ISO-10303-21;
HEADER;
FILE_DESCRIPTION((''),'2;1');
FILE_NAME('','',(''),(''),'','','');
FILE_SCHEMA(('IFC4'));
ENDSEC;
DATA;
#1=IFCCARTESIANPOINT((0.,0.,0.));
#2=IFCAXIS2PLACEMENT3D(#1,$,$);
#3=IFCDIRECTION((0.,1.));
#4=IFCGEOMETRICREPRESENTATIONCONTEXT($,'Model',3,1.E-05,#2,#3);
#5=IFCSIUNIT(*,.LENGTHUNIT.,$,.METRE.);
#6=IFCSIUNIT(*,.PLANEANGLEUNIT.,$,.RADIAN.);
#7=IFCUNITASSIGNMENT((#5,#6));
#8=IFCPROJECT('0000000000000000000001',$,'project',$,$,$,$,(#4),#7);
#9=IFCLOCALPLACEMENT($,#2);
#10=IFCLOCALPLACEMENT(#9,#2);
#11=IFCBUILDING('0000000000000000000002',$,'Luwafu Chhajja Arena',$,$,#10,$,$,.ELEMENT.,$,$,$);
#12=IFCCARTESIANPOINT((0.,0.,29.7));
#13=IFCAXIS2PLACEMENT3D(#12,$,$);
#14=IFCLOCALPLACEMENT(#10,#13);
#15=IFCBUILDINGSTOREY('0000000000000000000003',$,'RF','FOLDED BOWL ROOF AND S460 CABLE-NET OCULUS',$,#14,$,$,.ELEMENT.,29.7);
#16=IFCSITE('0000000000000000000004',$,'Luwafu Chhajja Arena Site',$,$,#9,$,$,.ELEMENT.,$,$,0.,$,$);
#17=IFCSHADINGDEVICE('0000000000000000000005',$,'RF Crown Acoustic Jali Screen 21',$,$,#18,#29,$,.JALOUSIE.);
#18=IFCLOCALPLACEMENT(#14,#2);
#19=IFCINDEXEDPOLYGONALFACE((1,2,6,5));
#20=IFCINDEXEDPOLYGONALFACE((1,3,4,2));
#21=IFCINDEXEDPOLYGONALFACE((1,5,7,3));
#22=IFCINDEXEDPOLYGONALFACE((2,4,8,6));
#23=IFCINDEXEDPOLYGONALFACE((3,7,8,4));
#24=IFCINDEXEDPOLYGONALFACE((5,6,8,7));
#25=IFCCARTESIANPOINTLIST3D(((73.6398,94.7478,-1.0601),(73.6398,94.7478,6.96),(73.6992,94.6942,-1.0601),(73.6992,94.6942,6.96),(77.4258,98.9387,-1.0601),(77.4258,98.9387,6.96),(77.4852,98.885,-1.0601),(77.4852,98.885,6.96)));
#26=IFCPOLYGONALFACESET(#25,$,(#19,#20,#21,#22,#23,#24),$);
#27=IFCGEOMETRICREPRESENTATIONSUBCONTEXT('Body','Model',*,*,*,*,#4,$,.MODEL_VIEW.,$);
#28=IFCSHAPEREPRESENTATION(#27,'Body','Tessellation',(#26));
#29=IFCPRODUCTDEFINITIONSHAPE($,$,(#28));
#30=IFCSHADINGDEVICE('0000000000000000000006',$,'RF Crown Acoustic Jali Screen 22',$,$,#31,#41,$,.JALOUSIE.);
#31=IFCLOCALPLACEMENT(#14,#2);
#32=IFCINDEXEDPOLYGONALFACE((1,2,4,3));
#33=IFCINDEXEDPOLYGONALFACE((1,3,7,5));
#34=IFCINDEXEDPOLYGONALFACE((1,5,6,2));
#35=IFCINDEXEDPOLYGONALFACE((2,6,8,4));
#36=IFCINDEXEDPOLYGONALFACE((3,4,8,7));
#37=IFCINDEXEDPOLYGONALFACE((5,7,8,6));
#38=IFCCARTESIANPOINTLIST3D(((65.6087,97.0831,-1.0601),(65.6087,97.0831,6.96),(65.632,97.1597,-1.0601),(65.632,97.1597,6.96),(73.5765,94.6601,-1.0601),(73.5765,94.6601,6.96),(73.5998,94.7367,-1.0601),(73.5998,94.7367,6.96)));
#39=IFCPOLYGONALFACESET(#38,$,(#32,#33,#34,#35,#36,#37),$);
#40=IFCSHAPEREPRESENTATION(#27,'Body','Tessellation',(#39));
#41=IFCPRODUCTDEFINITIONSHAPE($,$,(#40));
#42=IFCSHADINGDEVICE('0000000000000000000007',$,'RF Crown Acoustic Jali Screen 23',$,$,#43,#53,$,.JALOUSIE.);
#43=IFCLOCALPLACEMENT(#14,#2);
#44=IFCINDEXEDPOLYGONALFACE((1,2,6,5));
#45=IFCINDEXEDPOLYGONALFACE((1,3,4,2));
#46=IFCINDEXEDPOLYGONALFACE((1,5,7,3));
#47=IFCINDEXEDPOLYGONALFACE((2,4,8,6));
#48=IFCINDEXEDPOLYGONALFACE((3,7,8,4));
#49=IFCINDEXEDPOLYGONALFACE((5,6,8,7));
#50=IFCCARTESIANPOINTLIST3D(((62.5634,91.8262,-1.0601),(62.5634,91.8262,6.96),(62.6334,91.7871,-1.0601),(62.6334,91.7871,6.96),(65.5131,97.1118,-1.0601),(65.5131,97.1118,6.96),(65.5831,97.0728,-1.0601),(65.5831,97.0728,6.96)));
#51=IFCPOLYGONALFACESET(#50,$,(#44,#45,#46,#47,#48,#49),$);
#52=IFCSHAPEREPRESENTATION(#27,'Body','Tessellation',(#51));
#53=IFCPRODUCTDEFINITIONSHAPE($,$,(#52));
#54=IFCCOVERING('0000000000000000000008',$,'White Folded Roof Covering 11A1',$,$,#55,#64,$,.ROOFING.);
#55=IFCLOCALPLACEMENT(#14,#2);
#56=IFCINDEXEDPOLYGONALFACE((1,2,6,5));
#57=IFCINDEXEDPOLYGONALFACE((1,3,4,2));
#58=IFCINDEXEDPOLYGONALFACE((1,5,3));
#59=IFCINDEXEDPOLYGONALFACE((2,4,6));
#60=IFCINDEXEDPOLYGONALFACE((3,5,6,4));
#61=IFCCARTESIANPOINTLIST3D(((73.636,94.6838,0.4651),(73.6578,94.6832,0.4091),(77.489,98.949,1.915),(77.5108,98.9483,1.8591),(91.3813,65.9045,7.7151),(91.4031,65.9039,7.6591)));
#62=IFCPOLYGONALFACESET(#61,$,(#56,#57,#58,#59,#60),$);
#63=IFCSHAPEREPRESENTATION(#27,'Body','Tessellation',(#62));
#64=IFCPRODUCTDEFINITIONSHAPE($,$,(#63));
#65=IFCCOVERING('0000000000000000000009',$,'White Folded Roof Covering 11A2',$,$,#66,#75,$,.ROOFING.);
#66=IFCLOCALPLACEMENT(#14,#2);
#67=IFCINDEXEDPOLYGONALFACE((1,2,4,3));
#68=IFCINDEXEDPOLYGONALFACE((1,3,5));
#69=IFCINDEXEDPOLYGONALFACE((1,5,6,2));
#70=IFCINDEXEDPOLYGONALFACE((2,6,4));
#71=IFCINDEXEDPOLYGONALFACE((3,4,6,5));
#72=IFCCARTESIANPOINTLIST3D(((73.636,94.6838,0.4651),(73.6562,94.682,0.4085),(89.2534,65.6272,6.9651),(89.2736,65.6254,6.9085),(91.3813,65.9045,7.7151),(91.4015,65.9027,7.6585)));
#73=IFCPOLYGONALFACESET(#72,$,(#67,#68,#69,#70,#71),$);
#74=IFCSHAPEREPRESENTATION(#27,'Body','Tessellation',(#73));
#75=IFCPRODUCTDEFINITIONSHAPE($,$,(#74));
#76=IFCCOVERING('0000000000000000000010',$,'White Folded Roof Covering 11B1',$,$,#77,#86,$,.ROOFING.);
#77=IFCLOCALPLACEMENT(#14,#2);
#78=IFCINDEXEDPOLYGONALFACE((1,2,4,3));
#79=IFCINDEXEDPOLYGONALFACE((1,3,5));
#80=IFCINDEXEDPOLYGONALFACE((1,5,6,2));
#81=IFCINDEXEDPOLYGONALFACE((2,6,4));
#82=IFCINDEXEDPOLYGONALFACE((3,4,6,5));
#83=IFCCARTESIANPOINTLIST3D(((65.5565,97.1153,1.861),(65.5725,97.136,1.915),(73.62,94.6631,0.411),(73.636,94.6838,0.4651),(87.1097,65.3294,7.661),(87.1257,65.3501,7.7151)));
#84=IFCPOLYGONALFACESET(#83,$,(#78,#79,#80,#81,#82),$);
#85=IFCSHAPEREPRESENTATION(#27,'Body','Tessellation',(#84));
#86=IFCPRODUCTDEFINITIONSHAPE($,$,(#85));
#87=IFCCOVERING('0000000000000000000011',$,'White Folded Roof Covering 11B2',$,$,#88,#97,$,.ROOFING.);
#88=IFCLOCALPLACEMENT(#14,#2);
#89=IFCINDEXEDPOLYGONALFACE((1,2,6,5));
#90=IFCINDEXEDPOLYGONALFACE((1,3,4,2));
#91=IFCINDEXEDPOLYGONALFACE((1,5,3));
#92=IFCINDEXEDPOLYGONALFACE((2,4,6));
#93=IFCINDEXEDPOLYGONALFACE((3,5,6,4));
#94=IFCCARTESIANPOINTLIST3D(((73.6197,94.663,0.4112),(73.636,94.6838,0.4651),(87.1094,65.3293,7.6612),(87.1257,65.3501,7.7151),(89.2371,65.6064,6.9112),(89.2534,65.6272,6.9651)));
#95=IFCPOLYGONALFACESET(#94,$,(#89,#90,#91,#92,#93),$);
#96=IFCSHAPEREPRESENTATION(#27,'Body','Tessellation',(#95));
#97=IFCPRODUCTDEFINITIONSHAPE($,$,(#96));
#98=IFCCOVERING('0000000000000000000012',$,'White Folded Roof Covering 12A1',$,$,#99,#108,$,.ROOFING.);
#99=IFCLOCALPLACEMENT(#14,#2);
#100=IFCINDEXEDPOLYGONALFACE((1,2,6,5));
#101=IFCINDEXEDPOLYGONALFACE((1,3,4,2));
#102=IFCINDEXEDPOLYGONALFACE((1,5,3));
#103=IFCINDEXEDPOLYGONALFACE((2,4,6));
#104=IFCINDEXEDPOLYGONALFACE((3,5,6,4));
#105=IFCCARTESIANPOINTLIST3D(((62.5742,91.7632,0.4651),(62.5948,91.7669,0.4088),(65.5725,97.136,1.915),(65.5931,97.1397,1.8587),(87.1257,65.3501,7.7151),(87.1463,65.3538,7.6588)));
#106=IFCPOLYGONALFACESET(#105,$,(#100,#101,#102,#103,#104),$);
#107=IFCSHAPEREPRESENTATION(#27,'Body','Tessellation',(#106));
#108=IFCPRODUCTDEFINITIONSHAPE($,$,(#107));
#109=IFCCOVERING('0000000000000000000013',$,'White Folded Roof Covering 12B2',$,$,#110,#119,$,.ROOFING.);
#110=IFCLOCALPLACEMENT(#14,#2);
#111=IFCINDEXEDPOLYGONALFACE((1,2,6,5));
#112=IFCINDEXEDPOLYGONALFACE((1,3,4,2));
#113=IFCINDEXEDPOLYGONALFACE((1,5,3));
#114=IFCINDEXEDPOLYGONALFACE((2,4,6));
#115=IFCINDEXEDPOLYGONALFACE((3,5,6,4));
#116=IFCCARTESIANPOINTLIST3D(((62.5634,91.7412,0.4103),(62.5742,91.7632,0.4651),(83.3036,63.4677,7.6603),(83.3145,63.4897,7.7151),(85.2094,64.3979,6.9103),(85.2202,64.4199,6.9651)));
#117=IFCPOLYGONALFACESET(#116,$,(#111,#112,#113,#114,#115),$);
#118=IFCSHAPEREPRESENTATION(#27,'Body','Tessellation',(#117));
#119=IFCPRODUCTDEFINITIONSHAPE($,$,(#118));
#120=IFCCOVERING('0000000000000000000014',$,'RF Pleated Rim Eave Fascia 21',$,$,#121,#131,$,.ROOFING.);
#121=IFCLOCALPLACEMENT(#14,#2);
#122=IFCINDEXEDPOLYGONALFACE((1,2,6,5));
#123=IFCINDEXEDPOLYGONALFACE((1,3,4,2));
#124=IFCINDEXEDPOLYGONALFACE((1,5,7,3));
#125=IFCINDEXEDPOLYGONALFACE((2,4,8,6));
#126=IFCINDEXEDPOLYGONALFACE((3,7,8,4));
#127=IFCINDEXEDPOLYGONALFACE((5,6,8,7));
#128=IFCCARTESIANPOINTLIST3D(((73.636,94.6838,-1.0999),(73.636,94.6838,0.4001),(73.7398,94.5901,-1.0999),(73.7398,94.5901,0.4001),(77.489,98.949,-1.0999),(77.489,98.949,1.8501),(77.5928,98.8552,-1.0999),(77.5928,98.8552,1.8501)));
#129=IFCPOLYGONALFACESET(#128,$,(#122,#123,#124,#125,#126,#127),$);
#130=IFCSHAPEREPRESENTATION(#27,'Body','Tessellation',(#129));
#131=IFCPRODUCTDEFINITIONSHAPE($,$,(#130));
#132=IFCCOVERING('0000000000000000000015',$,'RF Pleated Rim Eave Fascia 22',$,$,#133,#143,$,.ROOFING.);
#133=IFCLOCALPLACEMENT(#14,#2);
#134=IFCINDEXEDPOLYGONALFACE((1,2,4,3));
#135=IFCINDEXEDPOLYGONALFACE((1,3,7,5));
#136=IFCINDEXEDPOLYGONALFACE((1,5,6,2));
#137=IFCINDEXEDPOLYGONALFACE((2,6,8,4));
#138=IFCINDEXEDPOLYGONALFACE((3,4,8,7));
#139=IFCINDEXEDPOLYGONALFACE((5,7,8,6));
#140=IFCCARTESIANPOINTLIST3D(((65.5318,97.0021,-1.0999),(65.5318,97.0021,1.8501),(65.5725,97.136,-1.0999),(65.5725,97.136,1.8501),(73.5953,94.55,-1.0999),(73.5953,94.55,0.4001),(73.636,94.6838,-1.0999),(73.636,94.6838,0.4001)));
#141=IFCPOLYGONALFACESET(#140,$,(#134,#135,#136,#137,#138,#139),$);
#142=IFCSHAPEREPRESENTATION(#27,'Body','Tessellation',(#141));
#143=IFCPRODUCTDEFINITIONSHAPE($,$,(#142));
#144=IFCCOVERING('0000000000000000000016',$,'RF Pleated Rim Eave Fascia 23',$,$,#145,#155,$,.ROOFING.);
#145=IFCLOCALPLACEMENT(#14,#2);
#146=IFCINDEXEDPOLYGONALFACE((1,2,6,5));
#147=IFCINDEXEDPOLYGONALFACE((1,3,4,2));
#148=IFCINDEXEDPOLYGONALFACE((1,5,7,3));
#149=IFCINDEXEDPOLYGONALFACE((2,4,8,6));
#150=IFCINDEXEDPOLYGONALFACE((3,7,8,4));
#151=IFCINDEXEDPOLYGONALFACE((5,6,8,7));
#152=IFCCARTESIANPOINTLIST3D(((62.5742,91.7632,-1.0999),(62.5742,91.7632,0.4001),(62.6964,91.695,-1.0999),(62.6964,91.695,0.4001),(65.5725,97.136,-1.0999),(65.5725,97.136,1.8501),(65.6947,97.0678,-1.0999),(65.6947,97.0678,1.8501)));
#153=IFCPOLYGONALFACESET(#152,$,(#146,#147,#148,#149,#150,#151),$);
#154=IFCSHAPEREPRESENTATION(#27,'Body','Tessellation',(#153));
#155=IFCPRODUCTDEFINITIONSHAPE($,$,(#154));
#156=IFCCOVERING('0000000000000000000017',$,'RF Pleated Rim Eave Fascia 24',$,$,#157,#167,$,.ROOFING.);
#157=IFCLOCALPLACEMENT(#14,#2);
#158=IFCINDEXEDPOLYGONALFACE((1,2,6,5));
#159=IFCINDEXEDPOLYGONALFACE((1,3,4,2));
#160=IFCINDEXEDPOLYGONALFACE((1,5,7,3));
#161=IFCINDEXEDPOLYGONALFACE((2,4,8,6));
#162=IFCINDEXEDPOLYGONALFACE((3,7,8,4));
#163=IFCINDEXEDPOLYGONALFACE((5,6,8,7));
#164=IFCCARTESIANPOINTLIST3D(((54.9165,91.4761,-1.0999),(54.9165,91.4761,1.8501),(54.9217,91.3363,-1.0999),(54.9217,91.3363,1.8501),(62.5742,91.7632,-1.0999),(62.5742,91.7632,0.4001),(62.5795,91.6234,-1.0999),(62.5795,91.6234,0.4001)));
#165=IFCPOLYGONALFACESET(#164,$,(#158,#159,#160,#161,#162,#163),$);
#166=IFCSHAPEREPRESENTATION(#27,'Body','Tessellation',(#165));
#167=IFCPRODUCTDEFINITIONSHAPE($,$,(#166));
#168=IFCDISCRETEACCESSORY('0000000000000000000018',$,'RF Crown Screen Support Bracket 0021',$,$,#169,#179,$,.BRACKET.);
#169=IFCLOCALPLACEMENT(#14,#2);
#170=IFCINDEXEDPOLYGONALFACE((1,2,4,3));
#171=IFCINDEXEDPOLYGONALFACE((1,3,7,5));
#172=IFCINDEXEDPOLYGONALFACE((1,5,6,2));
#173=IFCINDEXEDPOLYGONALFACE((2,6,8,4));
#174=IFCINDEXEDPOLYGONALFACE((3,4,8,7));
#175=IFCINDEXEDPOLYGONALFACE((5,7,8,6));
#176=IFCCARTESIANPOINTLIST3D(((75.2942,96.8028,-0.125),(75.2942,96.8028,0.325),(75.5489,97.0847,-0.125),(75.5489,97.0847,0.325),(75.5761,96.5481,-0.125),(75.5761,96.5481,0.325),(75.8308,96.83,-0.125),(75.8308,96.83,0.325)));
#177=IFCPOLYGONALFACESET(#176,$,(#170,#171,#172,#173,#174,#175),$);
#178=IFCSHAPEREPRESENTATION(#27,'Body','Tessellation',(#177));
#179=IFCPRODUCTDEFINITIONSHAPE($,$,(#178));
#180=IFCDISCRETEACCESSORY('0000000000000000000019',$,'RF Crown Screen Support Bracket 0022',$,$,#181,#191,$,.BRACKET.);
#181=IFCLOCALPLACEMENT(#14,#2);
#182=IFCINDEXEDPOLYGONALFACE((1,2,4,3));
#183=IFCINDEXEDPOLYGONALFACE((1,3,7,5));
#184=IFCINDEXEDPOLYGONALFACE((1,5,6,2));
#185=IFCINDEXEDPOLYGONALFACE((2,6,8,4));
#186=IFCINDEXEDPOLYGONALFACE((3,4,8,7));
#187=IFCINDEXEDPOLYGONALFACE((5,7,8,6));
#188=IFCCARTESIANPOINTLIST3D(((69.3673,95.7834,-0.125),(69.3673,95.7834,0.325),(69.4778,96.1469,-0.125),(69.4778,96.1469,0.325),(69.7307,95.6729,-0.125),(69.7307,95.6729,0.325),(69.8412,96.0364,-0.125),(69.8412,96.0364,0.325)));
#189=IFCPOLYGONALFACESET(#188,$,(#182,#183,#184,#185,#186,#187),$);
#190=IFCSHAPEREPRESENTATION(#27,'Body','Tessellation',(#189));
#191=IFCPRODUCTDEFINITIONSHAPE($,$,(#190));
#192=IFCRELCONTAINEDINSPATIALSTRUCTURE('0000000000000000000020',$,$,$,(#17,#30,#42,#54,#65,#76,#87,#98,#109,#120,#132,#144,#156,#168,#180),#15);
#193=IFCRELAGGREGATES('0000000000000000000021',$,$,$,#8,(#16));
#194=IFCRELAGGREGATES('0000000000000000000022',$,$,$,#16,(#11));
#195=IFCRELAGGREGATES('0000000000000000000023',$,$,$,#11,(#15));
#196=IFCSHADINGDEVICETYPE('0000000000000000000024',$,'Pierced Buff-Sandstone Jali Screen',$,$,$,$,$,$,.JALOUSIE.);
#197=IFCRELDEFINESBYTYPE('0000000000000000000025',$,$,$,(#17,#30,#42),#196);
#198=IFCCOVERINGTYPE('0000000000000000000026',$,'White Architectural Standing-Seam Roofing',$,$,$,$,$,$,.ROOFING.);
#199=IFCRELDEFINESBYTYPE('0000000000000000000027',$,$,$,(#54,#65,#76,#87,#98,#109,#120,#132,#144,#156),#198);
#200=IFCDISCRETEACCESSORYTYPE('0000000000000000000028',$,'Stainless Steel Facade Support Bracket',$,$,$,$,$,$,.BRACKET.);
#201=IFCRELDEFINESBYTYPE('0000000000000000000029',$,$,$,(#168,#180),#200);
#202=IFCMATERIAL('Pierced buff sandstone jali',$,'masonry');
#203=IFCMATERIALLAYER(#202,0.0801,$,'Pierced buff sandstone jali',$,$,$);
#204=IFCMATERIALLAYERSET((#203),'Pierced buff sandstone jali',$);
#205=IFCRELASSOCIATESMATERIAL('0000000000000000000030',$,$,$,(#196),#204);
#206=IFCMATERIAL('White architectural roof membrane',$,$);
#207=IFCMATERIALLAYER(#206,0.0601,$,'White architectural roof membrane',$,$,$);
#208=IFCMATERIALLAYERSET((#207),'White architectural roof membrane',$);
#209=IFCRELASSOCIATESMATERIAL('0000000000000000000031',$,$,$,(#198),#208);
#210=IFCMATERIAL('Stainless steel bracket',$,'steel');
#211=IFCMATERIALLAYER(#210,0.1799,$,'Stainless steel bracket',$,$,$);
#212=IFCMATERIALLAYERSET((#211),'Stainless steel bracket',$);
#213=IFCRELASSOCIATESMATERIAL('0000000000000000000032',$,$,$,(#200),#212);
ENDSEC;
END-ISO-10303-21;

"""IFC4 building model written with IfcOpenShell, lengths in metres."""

from ifc_helpers import new_model, si_unit, direction, frame, origin, origin_2d, place, context, subcontext, project, spatial, polyline, rectangle, outline, extrude, material, layer, layer_set, type_object, element, save


model = new_model("IFC4")

# Units and contexts
model_context = context("Model", 3, precision=1e-05, world=origin(), true_north=direction((0.0, 1.0)))
body_context = subcontext(model_context, "Body", "Model", "MODEL_VIEW")
ifc_project = project(units=[si_unit("LENGTHUNIT", "METRE"), si_unit("PLANEANGLEUNIT", "RADIAN")], contexts=[model_context])

# Site, building, storey
site_placement = place(None, origin())
site = spatial("IfcSite", under=ifc_project, at=site_placement, Name="Luwafu Chhajja Arena Site", CompositionType="ELEMENT", RefElevation=0.0)
building_placement = place(site_placement, origin())
building = spatial("IfcBuilding", under=site, at=building_placement, Name="Luwafu Chhajja Arena", CompositionType="ELEMENT")
storey_placement = place(building_placement, frame((0.0, 0.0, 29.7)))
storey = spatial("IfcBuildingStorey", under=building, at=storey_placement, Name="RF", Description="FOLDED BOWL ROOF AND S460 CABLE-NET OCULUS", CompositionType="ELEMENT", Elevation=29.7)

# Shading devices
ifc_material_1 = material(Name="Pierced buff sandstone jali", Category="masonry")
ifc_layer_1 = layer(ifc_material_1, 0.0801, Name="Pierced buff sandstone jali")
ifc_layer_set_1 = layer_set([ifc_layer_1], Name="Pierced buff sandstone jali")
shading_device_type = type_object("IfcShadingDeviceType", Name="Pierced Buff-Sandstone Jali Screen", PredefinedType="JALOUSIE", material=ifc_layer_set_1)
shading_device_1_placement = place(storey_placement, frame((75.5625, 96.8164, -1.0601), z_axis=(0.0, 0.0, 1.0), x_axis=(-0.670358, -0.742038, 0.0)))
element("IfcShadingDevice", 1, at=shading_device_1_placement, inside=storey, type_object=shading_device_type, Name="RF Crown Acoustic Jali Screen 21", PredefinedType="JALOUSIE", context=body_context, shape_type="SweptSolid", body=[
    extrude(rectangle(XDim=5.6477, YDim=0.0801, at=origin_2d()), origin(), (0.0, 0.0, 1.0), 8.02),
])
shading_device_2_placement = place(storey_placement, frame((69.6042, 95.9099, -1.0601), z_axis=(0.0, 0.0, 1.0), x_axis=(-0.95674, 0.290943, 0.0)))
element("IfcShadingDevice", 2, at=shading_device_2_placement, inside=storey, type_object=shading_device_type, Name="RF Crown Acoustic Jali Screen 22", PredefinedType="JALOUSIE", context=body_context, shape_type="SweptSolid", body=[
    extrude(rectangle(XDim=8.3281, YDim=0.0801, at=origin_2d()), origin(), (0.0, 0.0, 1.0), 8.02),
])
shading_device_3_placement = place(storey_placement, frame((64.0732, 94.4495, -1.0601), z_axis=(0.0, 0.0, 1.0), x_axis=(-0.487313, -0.873227, 0.0)))
element("IfcShadingDevice", 3, at=shading_device_3_placement, inside=storey, type_object=shading_device_type, Name="RF Crown Acoustic Jali Screen 23", PredefinedType="JALOUSIE", context=body_context, shape_type="SweptSolid", body=[
    extrude(rectangle(XDim=6.053, YDim=0.0801, at=origin_2d()), origin(), (0.0, 0.0, 1.0), 8.02),
])

# Coverings
ifc_material_2 = material(Name="White architectural roof membrane")
ifc_layer_2 = layer(ifc_material_2, 0.0601, Name="White architectural roof membrane")
ifc_layer_set_2 = layer_set([ifc_layer_2], Name="White architectural roof membrane")
covering_type = type_object("IfcCoveringType", Name="White Architectural Standing-Seam Roofing", PredefinedType="ROOFING", material=ifc_layer_set_2)
covering_1_placement = place(storey_placement, frame((77.489, 98.949, 1.915), z_axis=(-0.362833, 0.01101, 0.931789), x_axis=(-0.649986, -0.719507, -0.244599)))
element("IfcCovering", 4, at=covering_1_placement, inside=storey, type_object=covering_type, Name="White Folded Roof Covering 11A1", PredefinedType="ROOFING", context=body_context, shape_type="SweptSolid", body=[
    extrude(outline(polyline([(0.0, 0.0), (5.9279, 0.0), (13.3272, 33.7781), (0.0, 0.0)])), origin(), (0.0, 0.0, -1.0), 0.0601),
])
covering_2_placement = place(storey_placement, frame((73.636, 94.6838, 0.4651), z_axis=(-0.335754, 0.030145, 0.941467), x_axis=(0.4645, -0.864214, 0.193325)))
element("IfcCovering", 5, at=covering_2_placement, inside=storey, type_object=covering_type, Name="White Folded Roof Covering 11A2", PredefinedType="ROOFING", context=body_context, shape_type="SweptSolid", body=[
    extrude(outline(polyline([(0.0, 0.0), (33.6221, 0.0), (34.5158, 2.0902), (0.0, 0.0)])), origin(), (0.0, 0.0, -1.0), 0.0601),
])
covering_3_placement = place(storey_placement, frame((73.636, 94.6838, 0.4651), z_axis=(0.266752, 0.345079, 0.899869), x_axis=(-0.942887, 0.286737, 0.169547)))
element("IfcCovering", 6, at=covering_3_placement, inside=storey, type_object=covering_type, Name="White Folded Roof Covering 11B1", PredefinedType="ROOFING", context=body_context, shape_type="SweptSolid", body=[
    extrude(outline(polyline([(0.0, 0.0), (8.5519, 0.0), (-19.9012, 26.4376), (0.0, 0.0)])), origin(), (0.0, 0.0, -1.0), 0.0601),
])
covering_4_placement = place(storey_placement, frame((73.636, 94.6838, 0.4651), z_axis=(0.271344, 0.346697, 0.897872), x_axis=(0.407658, -0.886461, 0.219094)))
element("IfcCovering", 7, at=covering_4_placement, inside=storey, type_object=covering_type, Name="White Folded Roof Covering 11B2", PredefinedType="ROOFING", context=body_context, shape_type="SweptSolid", body=[
    extrude(outline(polyline([(0.0, 0.0), (33.0908, 0.0), (33.5483, 2.2265), (0.0, 0.0)])), origin(), (0.0, 0.0, -1.0), 0.0601),
])
covering_5_placement = place(storey_placement, frame((65.5725, 97.136, 1.915), z_axis=(-0.342997, -0.061543, 0.937318), x_axis=(-0.474314, -0.849949, -0.229375)))
element("IfcCovering", 8, at=covering_5_placement, inside=storey, type_object=covering_type, Name="White Folded Roof Covering 12A1", PredefinedType="ROOFING", context=body_context, shape_type="SweptSolid", body=[
    extrude(outline(polyline([(0.0, 0.0), (6.3213, 0.0), (15.463, 35.6289), (0.0, 0.0)])), origin(), (0.0, 0.0, -1.0), 0.0601),
])
covering_6_placement = place(storey_placement, frame((62.5742, 91.7632, 0.4651), z_axis=(0.180395, 0.366396, 0.912804), x_axis=(0.579231, -0.789617, 0.202477)))
element("IfcCovering", 9, at=covering_6_placement, inside=storey, type_object=covering_type, Name="White Folded Roof Covering 12B2", PredefinedType="ROOFING", context=body_context, shape_type="SweptSolid", body=[
    extrude(outline(polyline([(0.0, 0.0), (35.8065, 0.0), (36.0241, 2.2388), (0.0, 0.0)])), origin(), (0.0, 0.0, -1.0), 0.0601),
])
covering_7_placement = place(storey_placement, frame((77.489, 98.949, -1.0999), z_axis=(-0.742047, 0.670348, 0.0), x_axis=(-0.670348, -0.742047, 0.0)))
element("IfcCovering", 10, at=covering_7_placement, inside=storey, type_object=covering_type, Name="RF Pleated Rim Eave Fascia 21", PredefinedType="ROOFING", context=body_context, shape_type="SweptSolid", body=[
    extrude(outline(polyline([(0.0, 0.0), (5.7478, 0.0), (5.7478, 1.5), (0.0, 2.95), (0.0, 0.0)])), origin(), (0.0, 0.0, -1.0), 0.1399),
])
covering_8_placement = place(storey_placement, frame((73.636, 94.6838, -1.0999), z_axis=(0.29095, 0.956738, 0.0), x_axis=(-0.956738, 0.29095, 0.0)))
element("IfcCovering", 11, at=covering_8_placement, inside=storey, type_object=covering_type, Name="RF Pleated Rim Eave Fascia 22", PredefinedType="ROOFING", context=body_context, shape_type="SweptSolid", body=[
    extrude(outline(polyline([(0.0, 0.0), (8.4281, 0.0), (8.4281, 2.95), (0.0, 1.5), (0.0, 0.0)])), origin(), (0.0, 0.0, -1.0), 0.1399),
])
covering_9_placement = place(storey_placement, frame((65.5725, 97.136, -1.0999), z_axis=(-0.873231, 0.487306, 0.0), x_axis=(-0.487306, -0.873231, 0.0)))
element("IfcCovering", 12, at=covering_9_placement, inside=storey, type_object=covering_type, Name="RF Pleated Rim Eave Fascia 23", PredefinedType="ROOFING", context=body_context, shape_type="SweptSolid", body=[
    extrude(outline(polyline([(0.0, 0.0), (6.1528, 0.0), (6.1528, 1.5), (0.0, 2.95), (0.0, 0.0)])), origin(), (0.0, 0.0, -1.0), 0.1399),
])
covering_10_placement = place(storey_placement, frame((62.5742, 91.7632, -1.0999), z_axis=(-0.037467, 0.999298, 0.0), x_axis=(-0.999298, -0.037467, 0.0)))
element("IfcCovering", 13, at=covering_10_placement, inside=storey, type_object=covering_type, Name="RF Pleated Rim Eave Fascia 24", PredefinedType="ROOFING", context=body_context, shape_type="SweptSolid", body=[
    extrude(outline(polyline([(0.0, 0.0), (7.6631, 0.0), (7.6631, 2.95), (0.0, 1.5), (0.0, 0.0)])), origin(), (0.0, 0.0, -1.0), 0.1399),
])

# Discrete accessories
ifc_material_3 = material(Name="Stainless steel bracket", Category="steel")
ifc_layer_3 = layer(ifc_material_3, 0.1799, Name="Stainless steel bracket")
ifc_layer_set_3 = layer_set([ifc_layer_3], Name="Stainless steel bracket")
discrete_accessory_type = type_object("IfcDiscreteAccessoryType", Name="Stainless Steel Facade Support Bracket", PredefinedType="BRACKET", material=ifc_layer_set_3)
for number, where, z_axis, x_axis, name in (
    (14, (75.5625, 96.8164, -0.125), (0.0, 0.0, 1.0), (-0.670358, -0.742038, 0.0), "RF Crown Screen Support Bracket 0021"),
    (15, (69.6042, 95.9099, -0.125), (0.0, 0.0, 1.0), (-0.95674, 0.290943, 0.0), "RF Crown Screen Support Bracket 0022"),
):
    element("IfcDiscreteAccessory", number, at=place(storey_placement, frame(where, z_axis=z_axis, x_axis=x_axis)), inside=storey, type_object=discrete_accessory_type, Name=name, PredefinedType="BRACKET", context=body_context, shape_type="SweptSolid", body=[
        extrude(rectangle(XDim=0.3799, YDim=0.3799, at=origin_2d()), origin(), (0.0, 0.0, 1.0), 0.45),
    ])

save(model, "model.ifc")
